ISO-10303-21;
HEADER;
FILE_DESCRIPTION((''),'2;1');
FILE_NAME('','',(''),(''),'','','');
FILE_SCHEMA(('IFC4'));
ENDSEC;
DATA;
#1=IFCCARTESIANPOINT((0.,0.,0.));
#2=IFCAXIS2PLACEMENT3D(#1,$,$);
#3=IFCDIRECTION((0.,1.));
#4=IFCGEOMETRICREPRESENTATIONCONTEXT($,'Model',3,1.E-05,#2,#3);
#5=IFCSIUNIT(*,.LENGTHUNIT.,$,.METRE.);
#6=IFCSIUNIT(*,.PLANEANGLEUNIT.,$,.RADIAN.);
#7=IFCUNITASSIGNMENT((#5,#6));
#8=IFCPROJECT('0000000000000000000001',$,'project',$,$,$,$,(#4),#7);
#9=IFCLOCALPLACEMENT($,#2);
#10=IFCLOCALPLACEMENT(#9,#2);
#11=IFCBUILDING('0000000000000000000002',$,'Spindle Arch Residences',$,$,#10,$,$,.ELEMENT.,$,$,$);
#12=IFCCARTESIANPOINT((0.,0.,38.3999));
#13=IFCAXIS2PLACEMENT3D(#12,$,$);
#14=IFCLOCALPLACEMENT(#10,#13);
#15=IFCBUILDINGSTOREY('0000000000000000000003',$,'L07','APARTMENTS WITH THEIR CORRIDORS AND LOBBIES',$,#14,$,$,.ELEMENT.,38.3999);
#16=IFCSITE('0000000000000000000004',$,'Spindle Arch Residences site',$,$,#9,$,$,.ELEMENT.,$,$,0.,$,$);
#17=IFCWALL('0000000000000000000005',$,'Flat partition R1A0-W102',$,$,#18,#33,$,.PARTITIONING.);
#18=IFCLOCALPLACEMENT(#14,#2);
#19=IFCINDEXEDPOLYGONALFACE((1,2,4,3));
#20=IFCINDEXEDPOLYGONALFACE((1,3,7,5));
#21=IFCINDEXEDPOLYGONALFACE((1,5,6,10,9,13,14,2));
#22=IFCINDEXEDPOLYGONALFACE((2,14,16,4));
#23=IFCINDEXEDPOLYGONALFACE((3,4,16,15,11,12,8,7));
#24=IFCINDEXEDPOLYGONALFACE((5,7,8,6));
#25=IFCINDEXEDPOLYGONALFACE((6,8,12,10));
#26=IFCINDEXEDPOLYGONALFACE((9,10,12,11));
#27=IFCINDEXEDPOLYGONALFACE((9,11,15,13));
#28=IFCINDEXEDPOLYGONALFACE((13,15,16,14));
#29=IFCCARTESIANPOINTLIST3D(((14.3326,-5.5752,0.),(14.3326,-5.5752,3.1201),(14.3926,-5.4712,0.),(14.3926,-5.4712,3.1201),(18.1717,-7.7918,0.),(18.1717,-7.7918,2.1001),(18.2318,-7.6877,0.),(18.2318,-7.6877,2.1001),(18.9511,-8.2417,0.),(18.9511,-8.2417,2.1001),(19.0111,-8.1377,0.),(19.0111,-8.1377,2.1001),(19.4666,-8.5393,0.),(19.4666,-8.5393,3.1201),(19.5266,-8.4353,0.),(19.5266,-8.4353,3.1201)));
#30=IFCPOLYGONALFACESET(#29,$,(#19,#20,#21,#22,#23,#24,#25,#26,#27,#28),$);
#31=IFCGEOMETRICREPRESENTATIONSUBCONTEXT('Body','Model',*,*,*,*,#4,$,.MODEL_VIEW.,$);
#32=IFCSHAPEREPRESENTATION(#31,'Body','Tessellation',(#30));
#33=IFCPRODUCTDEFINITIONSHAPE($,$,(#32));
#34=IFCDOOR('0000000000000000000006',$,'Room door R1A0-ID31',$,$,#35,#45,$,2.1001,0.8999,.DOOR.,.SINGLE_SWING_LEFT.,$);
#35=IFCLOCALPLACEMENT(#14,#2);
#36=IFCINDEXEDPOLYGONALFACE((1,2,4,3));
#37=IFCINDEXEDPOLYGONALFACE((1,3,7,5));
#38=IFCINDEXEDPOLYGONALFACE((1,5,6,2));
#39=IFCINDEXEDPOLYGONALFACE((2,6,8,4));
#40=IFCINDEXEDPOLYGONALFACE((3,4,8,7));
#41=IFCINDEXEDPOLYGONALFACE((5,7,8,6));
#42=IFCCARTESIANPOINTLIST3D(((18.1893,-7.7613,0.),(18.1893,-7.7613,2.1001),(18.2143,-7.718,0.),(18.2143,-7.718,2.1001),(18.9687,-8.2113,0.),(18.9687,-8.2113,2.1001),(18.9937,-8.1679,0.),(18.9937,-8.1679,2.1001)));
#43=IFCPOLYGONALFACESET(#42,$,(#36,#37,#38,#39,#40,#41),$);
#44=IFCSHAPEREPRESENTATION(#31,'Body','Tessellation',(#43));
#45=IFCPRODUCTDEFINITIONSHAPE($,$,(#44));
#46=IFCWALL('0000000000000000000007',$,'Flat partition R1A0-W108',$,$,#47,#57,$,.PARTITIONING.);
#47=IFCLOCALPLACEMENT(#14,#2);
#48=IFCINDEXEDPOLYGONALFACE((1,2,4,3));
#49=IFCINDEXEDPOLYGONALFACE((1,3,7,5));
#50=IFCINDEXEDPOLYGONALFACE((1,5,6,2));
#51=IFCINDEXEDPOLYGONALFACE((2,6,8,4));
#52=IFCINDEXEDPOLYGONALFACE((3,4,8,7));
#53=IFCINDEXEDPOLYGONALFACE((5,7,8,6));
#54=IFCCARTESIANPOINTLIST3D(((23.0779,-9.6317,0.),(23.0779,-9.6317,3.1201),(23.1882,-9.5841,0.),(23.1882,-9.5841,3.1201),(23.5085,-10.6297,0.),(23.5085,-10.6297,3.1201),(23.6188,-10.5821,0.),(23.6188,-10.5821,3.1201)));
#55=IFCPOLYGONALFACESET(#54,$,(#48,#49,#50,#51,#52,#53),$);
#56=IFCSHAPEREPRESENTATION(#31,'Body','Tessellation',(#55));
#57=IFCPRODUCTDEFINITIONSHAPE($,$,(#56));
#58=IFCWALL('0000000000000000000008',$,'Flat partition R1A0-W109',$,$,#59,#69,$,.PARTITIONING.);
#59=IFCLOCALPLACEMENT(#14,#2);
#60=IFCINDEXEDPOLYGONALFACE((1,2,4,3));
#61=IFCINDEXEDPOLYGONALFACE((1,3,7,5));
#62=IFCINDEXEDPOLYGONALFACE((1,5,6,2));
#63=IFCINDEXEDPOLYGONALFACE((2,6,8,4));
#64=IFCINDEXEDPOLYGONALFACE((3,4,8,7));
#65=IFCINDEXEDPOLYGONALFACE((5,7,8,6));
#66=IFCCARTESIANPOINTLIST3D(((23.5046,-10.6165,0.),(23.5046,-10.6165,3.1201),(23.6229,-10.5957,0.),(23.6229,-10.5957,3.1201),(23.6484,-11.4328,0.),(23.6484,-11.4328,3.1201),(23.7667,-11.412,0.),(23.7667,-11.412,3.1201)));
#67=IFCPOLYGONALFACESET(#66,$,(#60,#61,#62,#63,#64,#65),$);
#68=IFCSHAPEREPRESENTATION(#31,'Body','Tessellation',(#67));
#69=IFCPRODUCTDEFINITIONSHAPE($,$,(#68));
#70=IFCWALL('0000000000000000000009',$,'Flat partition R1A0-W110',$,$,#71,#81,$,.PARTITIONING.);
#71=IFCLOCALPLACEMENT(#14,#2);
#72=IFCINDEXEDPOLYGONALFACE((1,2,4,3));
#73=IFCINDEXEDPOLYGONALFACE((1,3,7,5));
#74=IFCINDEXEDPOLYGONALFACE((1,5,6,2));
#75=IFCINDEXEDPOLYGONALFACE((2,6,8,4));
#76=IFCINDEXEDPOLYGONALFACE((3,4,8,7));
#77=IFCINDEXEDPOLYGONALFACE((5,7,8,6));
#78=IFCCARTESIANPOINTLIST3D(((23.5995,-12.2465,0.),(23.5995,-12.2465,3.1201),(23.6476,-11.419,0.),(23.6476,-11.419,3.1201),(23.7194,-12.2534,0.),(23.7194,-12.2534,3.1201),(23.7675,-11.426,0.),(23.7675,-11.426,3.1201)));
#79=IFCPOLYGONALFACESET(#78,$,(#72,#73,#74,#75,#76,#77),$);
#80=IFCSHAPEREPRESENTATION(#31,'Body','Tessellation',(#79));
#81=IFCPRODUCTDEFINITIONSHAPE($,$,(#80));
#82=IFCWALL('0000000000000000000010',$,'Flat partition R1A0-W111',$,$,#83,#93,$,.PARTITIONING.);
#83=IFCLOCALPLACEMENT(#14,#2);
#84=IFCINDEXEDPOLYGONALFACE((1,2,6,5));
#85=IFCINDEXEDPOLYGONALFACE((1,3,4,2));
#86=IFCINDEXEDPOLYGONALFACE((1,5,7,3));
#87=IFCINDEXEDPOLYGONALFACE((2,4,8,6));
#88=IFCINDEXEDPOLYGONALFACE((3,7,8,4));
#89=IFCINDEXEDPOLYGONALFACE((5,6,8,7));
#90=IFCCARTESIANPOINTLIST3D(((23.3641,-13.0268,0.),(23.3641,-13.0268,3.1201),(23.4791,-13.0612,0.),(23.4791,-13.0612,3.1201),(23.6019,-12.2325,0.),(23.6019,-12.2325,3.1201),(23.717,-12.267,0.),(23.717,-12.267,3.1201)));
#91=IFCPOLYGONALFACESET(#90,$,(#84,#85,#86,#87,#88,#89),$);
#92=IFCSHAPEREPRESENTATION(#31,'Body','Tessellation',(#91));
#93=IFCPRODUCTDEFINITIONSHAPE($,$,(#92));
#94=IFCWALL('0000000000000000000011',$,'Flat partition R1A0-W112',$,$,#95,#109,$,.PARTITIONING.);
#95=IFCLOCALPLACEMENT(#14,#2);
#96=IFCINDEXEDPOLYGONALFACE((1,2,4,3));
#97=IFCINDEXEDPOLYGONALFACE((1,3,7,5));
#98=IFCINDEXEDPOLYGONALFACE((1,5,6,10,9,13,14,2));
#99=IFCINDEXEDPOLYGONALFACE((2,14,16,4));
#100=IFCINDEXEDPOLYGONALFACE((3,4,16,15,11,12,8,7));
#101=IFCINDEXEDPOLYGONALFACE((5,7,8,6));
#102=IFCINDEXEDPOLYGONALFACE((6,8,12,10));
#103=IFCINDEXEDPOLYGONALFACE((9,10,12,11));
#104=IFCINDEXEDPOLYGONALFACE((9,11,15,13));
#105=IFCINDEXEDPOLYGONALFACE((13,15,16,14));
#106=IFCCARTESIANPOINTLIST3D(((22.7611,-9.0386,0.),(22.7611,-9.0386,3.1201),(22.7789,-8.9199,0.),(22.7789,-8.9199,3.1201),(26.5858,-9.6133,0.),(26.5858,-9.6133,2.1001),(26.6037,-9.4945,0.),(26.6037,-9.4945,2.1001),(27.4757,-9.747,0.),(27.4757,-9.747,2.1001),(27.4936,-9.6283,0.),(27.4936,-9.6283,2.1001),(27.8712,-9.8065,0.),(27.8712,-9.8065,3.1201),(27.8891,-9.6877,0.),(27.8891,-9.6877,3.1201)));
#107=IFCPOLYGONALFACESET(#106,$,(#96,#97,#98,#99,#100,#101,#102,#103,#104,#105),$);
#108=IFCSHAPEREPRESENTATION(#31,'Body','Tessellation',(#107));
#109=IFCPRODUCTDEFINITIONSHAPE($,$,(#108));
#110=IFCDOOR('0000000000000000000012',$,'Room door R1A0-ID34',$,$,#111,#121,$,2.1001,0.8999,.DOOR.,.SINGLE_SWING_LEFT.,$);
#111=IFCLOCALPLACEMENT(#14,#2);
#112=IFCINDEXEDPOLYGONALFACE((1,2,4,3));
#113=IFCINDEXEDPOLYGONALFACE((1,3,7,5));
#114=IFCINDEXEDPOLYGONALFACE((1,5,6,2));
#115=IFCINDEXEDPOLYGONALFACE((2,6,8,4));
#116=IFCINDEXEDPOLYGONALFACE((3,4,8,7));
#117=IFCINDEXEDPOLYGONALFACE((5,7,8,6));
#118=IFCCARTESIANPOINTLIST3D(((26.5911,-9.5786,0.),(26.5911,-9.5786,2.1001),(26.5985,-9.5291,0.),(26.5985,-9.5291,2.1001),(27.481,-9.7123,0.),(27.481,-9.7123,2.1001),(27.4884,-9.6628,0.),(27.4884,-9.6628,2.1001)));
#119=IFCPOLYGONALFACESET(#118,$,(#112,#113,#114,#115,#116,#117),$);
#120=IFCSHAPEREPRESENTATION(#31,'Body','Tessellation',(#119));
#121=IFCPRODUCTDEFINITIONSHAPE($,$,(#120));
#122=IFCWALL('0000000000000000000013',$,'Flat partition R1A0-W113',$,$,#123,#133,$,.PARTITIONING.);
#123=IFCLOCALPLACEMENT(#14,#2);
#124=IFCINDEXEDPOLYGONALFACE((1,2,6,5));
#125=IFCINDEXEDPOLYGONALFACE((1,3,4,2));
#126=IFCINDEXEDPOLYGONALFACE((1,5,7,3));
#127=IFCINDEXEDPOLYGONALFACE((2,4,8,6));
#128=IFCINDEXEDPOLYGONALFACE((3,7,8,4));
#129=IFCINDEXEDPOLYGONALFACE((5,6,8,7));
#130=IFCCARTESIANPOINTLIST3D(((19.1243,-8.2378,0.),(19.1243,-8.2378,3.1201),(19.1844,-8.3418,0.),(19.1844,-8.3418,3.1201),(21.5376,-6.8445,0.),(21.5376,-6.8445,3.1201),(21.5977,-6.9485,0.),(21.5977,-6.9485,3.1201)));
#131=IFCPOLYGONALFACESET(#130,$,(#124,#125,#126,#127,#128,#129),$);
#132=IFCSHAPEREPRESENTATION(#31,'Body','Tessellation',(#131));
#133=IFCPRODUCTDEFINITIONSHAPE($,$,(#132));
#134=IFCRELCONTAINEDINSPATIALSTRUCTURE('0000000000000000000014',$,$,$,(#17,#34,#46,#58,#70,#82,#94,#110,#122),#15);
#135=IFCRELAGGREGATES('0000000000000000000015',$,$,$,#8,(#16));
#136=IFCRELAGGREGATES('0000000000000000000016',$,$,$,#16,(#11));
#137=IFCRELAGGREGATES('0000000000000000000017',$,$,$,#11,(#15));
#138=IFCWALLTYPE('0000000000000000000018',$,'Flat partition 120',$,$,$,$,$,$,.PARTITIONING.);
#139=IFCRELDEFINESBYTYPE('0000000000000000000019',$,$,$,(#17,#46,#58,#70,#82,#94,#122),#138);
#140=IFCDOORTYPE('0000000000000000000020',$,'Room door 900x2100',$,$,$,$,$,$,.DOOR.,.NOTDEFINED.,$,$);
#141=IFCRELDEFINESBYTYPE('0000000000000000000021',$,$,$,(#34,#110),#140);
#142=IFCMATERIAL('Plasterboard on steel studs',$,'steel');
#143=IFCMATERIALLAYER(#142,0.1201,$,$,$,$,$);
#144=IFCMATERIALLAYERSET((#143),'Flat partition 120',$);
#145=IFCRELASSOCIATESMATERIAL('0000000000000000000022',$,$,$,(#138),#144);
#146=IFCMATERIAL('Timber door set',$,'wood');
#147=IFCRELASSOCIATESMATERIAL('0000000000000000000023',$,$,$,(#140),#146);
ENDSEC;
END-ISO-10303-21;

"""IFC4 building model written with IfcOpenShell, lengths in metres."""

from ifc_helpers import new_model, si_unit, direction, frame, frame_2d, origin, place, context, subcontext, project, spatial, rectangle, extrude, material, layer, layer_set, type_object, element, fill, save


model = new_model("IFC4")

# Units and contexts
model_context = context("Model", 3, precision=1e-05, world=origin(), true_north=direction((0.0, 1.0)))
body_context = subcontext(model_context, "Body", "Model", "MODEL_VIEW")
ifc_project = project(units=[si_unit("LENGTHUNIT", "METRE"), si_unit("PLANEANGLEUNIT", "RADIAN")], contexts=[model_context])

# Site, building, storey
site_placement = place(None, origin())
site = spatial("IfcSite", under=ifc_project, at=site_placement, Name="Spindle Arch Residences site", CompositionType="ELEMENT", RefElevation=0.0)
building_placement = place(site_placement, origin())
building = spatial("IfcBuilding", under=site, at=building_placement, Name="Spindle Arch Residences", CompositionType="ELEMENT")
storey_placement = place(building_placement, frame((0.0, 0.0, 38.3999)))
storey = spatial("IfcBuildingStorey", under=building, at=storey_placement, Name="L07", Description="APARTMENTS WITH THEIR CORRIDORS AND LOBBIES", CompositionType="ELEMENT", Elevation=38.3999)

# Wall, opening, door
ifc_material_1 = material(Name="Plasterboard on steel studs", Category="steel")
ifc_layer_1 = layer(ifc_material_1, 0.1201)
ifc_layer_set_1 = layer_set([ifc_layer_1], Name="Flat partition 120")
wall_type = type_object("IfcWallType", Name="Flat partition 120", PredefinedType="PARTITIONING", material=ifc_layer_set_1)
wall_1_placement = place(storey_placement, frame((19.4966, -8.4873, 0.0), z_axis=(0.0, 0.0, 1.0), x_axis=(-0.866027, 0.499997, 0.0)))
wall_1 = element("IfcWall", 1, at=wall_1_placement, inside=storey, type_object=wall_type, Name="Flat partition R1A0-W102", PredefinedType="PARTITIONING", context=body_context, shape_type="SweptSolid", body=[
    extrude(rectangle(XDim=5.9282, YDim=0.1201, at=frame_2d((2.9641, 0.0))), origin(), (0.0, 0.0, 1.0), 3.1201),
])
opening_1_placement = place(wall_1_placement, frame((0.5952, 0.0, 0.0)))
opening_1 = element("IfcOpeningElement", 2, at=opening_1_placement, cuts=wall_1, PredefinedType="OPENING", context=body_context, shape_type="SweptSolid", body=[
    extrude(rectangle(XDim=0.8999, YDim=2.1001, at=frame_2d((0.45, 1.05))), frame((0.0, 0.0701, 0.0), z_axis=(0.0, -1.0, 0.0), x_axis=(1.0, 0.0, 0.0)), (0.0, 0.0, 1.0), 0.1401),
])
ifc_material_2 = material(Name="Timber door set", Category="wood")
door_type = type_object("IfcDoorType", Name="Room door 900x2100", OperationType="NOTDEFINED", PredefinedType="DOOR", material=ifc_material_2)
door_1_placement = place(opening_1_placement, origin())
door_1 = element("IfcDoor", 3, at=door_1_placement, inside=storey, type_object=door_type, Name="Room door R1A0-ID31", OperationType="SINGLE_SWING_LEFT", OverallHeight=2.1001, OverallWidth=0.8999, PredefinedType="DOOR", context=body_context, shape_type="SweptSolid", body=[
    extrude(rectangle(XDim=0.8999, YDim=2.1001, at=frame_2d((0.45, 1.05))), frame((0.0, 0.0249, 0.0), z_axis=(0.0, -1.0, 0.0), x_axis=(1.0, 0.0, 0.0)), (0.0, 0.0, 1.0), 0.05),
])
fill(opening_1, door_1)

# Walls
wall_2_placement = place(storey_placement, frame((23.1331, -9.6079, 0.0), z_axis=(0.0, 0.0, 1.0), x_axis=(0.396195, -0.918166, 0.0)))
element("IfcWall", 4, at=wall_2_placement, inside=storey, type_object=wall_type, Name="Flat partition R1A0-W108", PredefinedType="PARTITIONING", context=body_context, shape_type="SweptSolid", body=[
    extrude(rectangle(XDim=1.0869, YDim=0.1201, at=frame_2d((0.5435, 0.0))), origin(), (0.0, 0.0, 1.0), 3.1201),
])
for number, where, z_axis, x_axis, name in (
    (5, (23.5637, -10.606, 0.0), (0.0, 0.0, 1.0), (0.173466, -0.98484, 0.0), "Flat partition R1A0-W109"),
    (6, (23.7075, -11.4224, 0.0), (0.0, 0.0, 1.0), (-0.058031, -0.998315, 0.0), "Flat partition R1A0-W110"),
):
    element("IfcWall", number, at=place(storey_placement, frame(where, z_axis=z_axis, x_axis=x_axis)), inside=storey, type_object=wall_type, Name=name, PredefinedType="PARTITIONING", context=body_context, shape_type="SweptSolid", body=[
        extrude(rectangle(XDim=0.8289, YDim=0.1201, at=frame_2d((0.4146, 0.0))), origin(), (0.0, 0.0, 1.0), 3.1201),
    ])
wall_3_placement = place(storey_placement, frame((23.6594, -12.2498, 0.0), z_axis=(0.0, 0.0, 1.0), x_axis=(-0.286835, -0.95798, 0.0)))
element("IfcWall", 7, at=wall_3_placement, inside=storey, type_object=wall_type, Name="Flat partition R1A0-W111", PredefinedType="PARTITIONING", context=body_context, shape_type="SweptSolid", body=[
    extrude(rectangle(XDim=0.8291, YDim=0.1201, at=frame_2d((0.4146, 0.0))), origin(), (0.0, 0.0, 1.0), 3.1201),
])

# Wall, opening, door
wall_4_placement = place(storey_placement, frame((27.8801, -9.7471, 0.0), z_axis=(0.0, 0.0, 1.0), x_axis=(-0.988899, 0.148588, 0.0)))
wall_4 = element("IfcWall", 8, at=wall_4_placement, inside=storey, type_object=wall_type, Name="Flat partition R1A0-W112", PredefinedType="PARTITIONING", context=body_context, shape_type="SweptSolid", body=[
    extrude(rectangle(XDim=5.1675, YDim=0.1201, at=frame_2d((2.5837, 0.0))), origin(), (0.0, 0.0, 1.0), 3.1201),
])
opening_2_placement = place(wall_4_placement, frame((0.3999, 0.0, 0.0)))
opening_2 = element("IfcOpeningElement", 9, at=opening_2_placement, cuts=wall_4, PredefinedType="OPENING", context=body_context, shape_type="SweptSolid", body=[
    extrude(rectangle(XDim=0.8999, YDim=2.1001, at=frame_2d((0.45, 1.05))), frame((0.0, 0.0701, 0.0), z_axis=(0.0, -1.0, 0.0), x_axis=(1.0, 0.0, 0.0)), (0.0, 0.0, 1.0), 0.1401),
])
door_2_placement = place(opening_2_placement, origin())
door_2 = element("IfcDoor", 10, at=door_2_placement, inside=storey, type_object=door_type, Name="Room door R1A0-ID34", OperationType="SINGLE_SWING_LEFT", OverallHeight=2.1001, OverallWidth=0.8999, PredefinedType="DOOR", context=body_context, shape_type="SweptSolid", body=[
    extrude(rectangle(XDim=0.8999, YDim=2.1001, at=frame_2d((0.45, 1.05))), frame((0.0, 0.0249, 0.0), z_axis=(0.0, -1.0, 0.0), x_axis=(1.0, 0.0, 0.0)), (0.0, 0.0, 1.0), 0.05),
])
fill(opening_2, door_2)

# Wall
wall_5_placement = place(storey_placement, frame((21.5676, -6.8965, 0.0), z_axis=(0.0, 0.0, 1.0), x_axis=(-0.866029, -0.499993, 0.0)))
element("IfcWall", 11, at=wall_5_placement, inside=storey, type_object=wall_type, Name="Flat partition R1A0-W113", PredefinedType="PARTITIONING", context=body_context, shape_type="SweptSolid", body=[
    extrude(rectangle(XDim=2.7866, YDim=0.1201, at=frame_2d((1.3933, 0.0))), origin(), (0.0, 0.0, 1.0), 3.1201),
])

save(model, "model.ifc")
